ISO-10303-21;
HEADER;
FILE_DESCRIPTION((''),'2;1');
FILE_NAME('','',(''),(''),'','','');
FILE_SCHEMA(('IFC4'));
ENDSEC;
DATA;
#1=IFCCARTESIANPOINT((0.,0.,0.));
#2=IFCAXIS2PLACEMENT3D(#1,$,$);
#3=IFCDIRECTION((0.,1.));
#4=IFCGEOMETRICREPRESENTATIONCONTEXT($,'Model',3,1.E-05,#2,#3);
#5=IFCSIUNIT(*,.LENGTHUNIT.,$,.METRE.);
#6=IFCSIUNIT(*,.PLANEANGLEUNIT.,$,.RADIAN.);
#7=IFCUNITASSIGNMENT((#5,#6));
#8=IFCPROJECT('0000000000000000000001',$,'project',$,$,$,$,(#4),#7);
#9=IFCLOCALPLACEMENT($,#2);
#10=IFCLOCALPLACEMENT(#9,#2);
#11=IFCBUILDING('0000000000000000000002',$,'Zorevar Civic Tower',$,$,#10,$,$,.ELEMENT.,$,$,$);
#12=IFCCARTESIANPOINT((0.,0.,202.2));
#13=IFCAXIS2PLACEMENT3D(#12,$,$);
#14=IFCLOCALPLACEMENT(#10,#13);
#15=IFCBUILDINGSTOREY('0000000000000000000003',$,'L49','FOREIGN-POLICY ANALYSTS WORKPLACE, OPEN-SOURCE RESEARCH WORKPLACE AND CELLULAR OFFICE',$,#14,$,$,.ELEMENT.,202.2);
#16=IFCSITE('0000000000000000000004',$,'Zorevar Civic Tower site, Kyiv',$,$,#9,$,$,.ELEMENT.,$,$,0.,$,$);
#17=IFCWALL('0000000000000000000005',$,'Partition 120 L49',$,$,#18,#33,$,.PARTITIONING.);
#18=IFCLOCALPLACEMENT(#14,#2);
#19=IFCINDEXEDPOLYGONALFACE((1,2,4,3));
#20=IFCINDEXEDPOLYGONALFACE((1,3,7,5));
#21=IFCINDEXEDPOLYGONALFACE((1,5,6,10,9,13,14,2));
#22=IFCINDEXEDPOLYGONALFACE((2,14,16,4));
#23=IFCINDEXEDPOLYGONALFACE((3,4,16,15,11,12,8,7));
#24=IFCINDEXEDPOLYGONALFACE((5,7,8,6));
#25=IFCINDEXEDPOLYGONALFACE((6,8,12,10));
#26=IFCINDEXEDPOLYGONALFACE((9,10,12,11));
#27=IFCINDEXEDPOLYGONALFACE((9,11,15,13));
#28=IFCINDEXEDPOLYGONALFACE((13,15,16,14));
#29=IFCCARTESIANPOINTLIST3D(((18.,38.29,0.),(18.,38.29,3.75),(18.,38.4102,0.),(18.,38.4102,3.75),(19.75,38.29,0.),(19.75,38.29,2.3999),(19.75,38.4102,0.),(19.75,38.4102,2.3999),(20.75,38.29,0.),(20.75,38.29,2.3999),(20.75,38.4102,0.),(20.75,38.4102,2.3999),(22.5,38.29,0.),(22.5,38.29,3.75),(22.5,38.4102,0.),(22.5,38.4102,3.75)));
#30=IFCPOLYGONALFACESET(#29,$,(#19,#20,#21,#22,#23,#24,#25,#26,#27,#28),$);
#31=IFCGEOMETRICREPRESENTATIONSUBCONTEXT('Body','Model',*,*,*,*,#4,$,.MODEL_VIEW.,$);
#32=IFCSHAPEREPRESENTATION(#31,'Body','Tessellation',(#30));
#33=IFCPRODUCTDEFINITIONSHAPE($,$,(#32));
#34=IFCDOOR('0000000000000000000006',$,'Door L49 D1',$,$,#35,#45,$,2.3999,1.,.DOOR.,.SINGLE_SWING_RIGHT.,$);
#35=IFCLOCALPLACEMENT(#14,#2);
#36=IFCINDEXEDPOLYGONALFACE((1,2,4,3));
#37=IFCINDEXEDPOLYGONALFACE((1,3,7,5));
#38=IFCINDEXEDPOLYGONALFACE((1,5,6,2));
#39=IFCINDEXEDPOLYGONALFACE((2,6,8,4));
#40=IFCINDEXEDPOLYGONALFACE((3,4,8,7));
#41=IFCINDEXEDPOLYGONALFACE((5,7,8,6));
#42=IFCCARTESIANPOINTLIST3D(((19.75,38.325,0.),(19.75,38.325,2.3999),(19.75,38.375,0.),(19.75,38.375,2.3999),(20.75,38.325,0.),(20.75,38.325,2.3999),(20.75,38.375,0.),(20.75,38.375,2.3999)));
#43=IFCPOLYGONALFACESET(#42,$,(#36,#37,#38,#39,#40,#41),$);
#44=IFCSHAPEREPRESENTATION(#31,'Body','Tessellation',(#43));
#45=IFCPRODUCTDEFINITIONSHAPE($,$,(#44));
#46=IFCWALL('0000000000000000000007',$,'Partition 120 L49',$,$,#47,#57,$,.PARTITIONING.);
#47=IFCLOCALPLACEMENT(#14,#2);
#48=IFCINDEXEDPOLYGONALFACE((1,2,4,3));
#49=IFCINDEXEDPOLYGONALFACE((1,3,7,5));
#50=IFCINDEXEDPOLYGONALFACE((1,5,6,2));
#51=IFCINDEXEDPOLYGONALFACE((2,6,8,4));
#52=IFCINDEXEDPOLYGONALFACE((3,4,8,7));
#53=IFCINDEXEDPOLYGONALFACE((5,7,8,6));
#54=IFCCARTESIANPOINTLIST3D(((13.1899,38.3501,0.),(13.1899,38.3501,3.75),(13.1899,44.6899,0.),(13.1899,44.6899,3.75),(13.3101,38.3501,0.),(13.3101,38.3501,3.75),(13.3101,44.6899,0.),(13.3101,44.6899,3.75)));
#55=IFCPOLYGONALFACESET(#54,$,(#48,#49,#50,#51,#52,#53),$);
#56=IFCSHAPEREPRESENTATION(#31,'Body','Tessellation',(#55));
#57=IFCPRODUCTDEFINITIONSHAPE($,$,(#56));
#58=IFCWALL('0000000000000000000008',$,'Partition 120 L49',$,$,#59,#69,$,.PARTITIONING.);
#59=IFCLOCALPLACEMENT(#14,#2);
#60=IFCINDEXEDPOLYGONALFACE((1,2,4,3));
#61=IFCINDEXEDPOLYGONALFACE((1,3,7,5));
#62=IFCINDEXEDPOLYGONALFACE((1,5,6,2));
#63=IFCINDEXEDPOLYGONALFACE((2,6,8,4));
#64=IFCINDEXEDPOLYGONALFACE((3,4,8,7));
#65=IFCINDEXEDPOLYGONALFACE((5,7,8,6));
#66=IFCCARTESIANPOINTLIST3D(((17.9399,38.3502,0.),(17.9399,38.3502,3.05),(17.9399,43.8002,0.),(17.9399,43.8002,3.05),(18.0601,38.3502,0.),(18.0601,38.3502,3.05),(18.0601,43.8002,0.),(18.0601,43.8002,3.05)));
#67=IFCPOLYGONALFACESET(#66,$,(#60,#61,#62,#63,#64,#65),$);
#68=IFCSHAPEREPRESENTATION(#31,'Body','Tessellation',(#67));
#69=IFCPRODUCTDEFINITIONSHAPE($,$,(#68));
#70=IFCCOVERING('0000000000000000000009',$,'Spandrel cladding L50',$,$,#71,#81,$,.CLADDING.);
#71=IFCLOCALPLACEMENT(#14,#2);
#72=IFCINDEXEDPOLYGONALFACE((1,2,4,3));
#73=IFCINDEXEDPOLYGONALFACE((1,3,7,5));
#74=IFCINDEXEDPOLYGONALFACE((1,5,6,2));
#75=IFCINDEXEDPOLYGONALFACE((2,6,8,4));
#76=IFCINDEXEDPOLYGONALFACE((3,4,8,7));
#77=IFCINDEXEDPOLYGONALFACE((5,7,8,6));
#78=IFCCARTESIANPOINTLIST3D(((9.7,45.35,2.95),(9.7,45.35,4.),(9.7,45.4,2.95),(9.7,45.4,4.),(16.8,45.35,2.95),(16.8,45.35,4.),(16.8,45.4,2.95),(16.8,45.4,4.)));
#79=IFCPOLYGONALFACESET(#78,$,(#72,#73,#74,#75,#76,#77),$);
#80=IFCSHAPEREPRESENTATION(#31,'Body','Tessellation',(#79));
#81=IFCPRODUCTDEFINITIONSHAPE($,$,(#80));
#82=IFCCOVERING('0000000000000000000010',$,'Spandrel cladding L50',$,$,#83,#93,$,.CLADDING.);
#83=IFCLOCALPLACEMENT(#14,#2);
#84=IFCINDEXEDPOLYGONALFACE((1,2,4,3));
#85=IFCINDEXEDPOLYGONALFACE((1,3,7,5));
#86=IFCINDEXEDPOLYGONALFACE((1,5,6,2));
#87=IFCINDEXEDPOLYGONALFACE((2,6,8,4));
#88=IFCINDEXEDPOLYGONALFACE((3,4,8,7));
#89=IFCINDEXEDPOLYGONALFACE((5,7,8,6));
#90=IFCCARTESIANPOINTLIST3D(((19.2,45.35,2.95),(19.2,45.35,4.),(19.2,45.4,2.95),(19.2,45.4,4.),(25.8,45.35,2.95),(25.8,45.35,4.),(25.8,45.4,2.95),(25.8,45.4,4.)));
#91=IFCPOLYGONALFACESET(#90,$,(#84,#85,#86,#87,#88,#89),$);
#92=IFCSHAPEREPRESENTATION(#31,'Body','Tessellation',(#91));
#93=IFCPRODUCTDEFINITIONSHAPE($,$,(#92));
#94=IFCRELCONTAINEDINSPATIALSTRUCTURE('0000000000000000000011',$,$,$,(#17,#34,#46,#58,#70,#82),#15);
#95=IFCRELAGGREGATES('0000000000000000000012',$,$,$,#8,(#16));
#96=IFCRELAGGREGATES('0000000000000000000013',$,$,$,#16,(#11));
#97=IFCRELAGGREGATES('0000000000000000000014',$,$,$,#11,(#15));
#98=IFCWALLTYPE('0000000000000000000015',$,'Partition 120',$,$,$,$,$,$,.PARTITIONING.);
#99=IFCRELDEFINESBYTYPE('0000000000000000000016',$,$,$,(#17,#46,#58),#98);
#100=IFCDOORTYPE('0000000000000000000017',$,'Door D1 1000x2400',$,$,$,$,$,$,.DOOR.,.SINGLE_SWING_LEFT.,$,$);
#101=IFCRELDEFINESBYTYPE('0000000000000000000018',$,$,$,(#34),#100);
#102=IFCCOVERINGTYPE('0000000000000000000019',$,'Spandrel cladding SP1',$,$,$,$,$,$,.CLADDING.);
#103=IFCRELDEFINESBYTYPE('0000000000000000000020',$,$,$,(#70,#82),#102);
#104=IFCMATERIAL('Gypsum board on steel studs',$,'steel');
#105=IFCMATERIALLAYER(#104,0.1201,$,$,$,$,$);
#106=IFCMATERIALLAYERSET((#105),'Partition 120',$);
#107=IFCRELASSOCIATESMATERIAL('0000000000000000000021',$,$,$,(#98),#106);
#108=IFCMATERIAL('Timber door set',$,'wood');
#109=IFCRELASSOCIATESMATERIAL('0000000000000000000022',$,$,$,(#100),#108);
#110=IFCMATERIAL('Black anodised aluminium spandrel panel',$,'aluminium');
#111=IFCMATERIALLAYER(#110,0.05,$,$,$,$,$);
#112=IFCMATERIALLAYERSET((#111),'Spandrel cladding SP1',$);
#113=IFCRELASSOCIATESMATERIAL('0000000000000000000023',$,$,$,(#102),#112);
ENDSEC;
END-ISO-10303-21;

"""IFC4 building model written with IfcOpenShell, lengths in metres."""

from ifc_helpers import new_model, si_unit, direction, frame, frame_2d, origin, place, context, subcontext, project, spatial, rectangle, extrude, material, layer, layer_set, type_object, element, fill, save


model = new_model("IFC4")

# Units and contexts
model_context = context("Model", 3, precision=1e-05, world=origin(), true_north=direction((0.0, 1.0)))
body_context = subcontext(model_context, "Body", "Model", "MODEL_VIEW")
ifc_project = project(units=[si_unit("LENGTHUNIT", "METRE"), si_unit("PLANEANGLEUNIT", "RADIAN")], contexts=[model_context])

# Site, building, storey
site_placement = place(None, origin())
site = spatial("IfcSite", under=ifc_project, at=site_placement, Name="Zorevar Civic Tower site, Kyiv", CompositionType="ELEMENT", RefElevation=0.0)
building_placement = place(site_placement, origin())
building = spatial("IfcBuilding", under=site, at=building_placement, Name="Zorevar Civic Tower", CompositionType="ELEMENT")
storey_placement = place(building_placement, frame((0.0, 0.0, 202.2)))
storey = spatial("IfcBuildingStorey", under=building, at=storey_placement, Name="L49", Description="FOREIGN-POLICY ANALYSTS WORKPLACE, OPEN-SOURCE RESEARCH WORKPLACE AND CELLULAR OFFICE", CompositionType="ELEMENT", Elevation=202.2)

# Wall, opening, door
ifc_material_1 = material(Name="Gypsum board on steel studs", Category="steel")
ifc_layer_1 = layer(ifc_material_1, 0.1201)
ifc_layer_set_1 = layer_set([ifc_layer_1], Name="Partition 120")
wall_type_1 = type_object("IfcWallType", Name="Partition 120", PredefinedType="PARTITIONING", material=ifc_layer_set_1)
ifc_material_2 = material(Name="Timber door set", Category="wood")
door_type_1 = type_object("IfcDoorType", Name="Door D1 1000x2400", OperationType="SINGLE_SWING_LEFT", PredefinedType="DOOR", material=ifc_material_2)
wall_1_placement = place(storey_placement, frame((18.0, 38.3501, 0.0), z_axis=(0.0, 0.0, 1.0), x_axis=(1.0, 0.0, 0.0)))
wall_1 = element("IfcWall", 1, at=wall_1_placement, inside=storey, type_object=wall_type_1, Name="Partition 120 L49", PredefinedType="PARTITIONING", context=body_context, shape_type="SweptSolid", body=[
    extrude(rectangle(XDim=4.5, YDim=0.1201, at=frame_2d((2.25, 0.0))), origin(), (0.0, 0.0, 1.0), 3.75),
])
opening_1_placement = place(wall_1_placement, frame((1.75, 0.0, 0.0)))
opening_1 = element("IfcOpeningElement", 2, at=opening_1_placement, cuts=wall_1, PredefinedType="OPENING", context=body_context, shape_type="SweptSolid", body=[
    extrude(rectangle(XDim=1.0, YDim=2.3999, at=frame_2d((0.5, 1.2))), frame((0.0, 0.0701, 0.0), z_axis=(0.0, -1.0, 0.0), x_axis=(1.0, 0.0, 0.0)), (0.0, 0.0, 1.0), 0.1401),
])
door_1_placement = place(opening_1_placement, origin())
door_1 = element("IfcDoor", 3, at=door_1_placement, inside=storey, type_object=door_type_1, Name="Door L49 D1", OperationType="SINGLE_SWING_RIGHT", OverallHeight=2.3999, OverallWidth=1.0, PredefinedType="DOOR", context=body_context, shape_type="SweptSolid", body=[
    extrude(rectangle(XDim=1.0, YDim=2.3999, at=frame_2d((0.5, 1.2))), frame((0.0, 0.0249, 0.0), z_axis=(0.0, -1.0, 0.0), x_axis=(1.0, 0.0, 0.0)), (0.0, 0.0, 1.0), 0.05),
])
fill(opening_1, door_1)

# Walls
wall_2_placement = place(storey_placement, frame((13.25, 38.3501, 0.0), z_axis=(0.0, 0.0, 1.0), x_axis=(0.0, 1.0, 0.0)))
element("IfcWall", 4, at=wall_2_placement, inside=storey, type_object=wall_type_1, Name="Partition 120 L49", PredefinedType="PARTITIONING", context=body_context, shape_type="SweptSolid", body=[
    extrude(rectangle(XDim=6.3398, YDim=0.1201, at=frame_2d((3.1699, 0.0))), origin(), (0.0, 0.0, 1.0), 3.75),
])
wall_3_placement = place(storey_placement, frame((18.0, 38.3501, 0.0), z_axis=(0.0, 0.0, 1.0), x_axis=(0.0, 1.0, 0.0)))
element("IfcWall", 5, at=wall_3_placement, inside=storey, type_object=wall_type_1, Name="Partition 120 L49", PredefinedType="PARTITIONING", context=body_context, shape_type="SweptSolid", body=[
    extrude(rectangle(XDim=5.45, YDim=0.1201, at=frame_2d((2.7251, 0.0))), origin(), (0.0, 0.0, 1.0), 3.05),
])

# Coverings
ifc_material_3 = material(Name="Black anodised aluminium spandrel panel", Category="aluminium")
ifc_layer_2 = layer(ifc_material_3, 0.05)
ifc_layer_set_2 = layer_set([ifc_layer_2], Name="Spandrel cladding SP1")
covering_type = type_object("IfcCoveringType", Name="Spandrel cladding SP1", PredefinedType="CLADDING", material=ifc_layer_set_2)
covering_1_placement = place(storey_placement, frame((9.7, 45.375, 2.95), z_axis=(0.0, 0.0, 1.0), x_axis=(1.0, 0.0, 0.0)))
element("IfcCovering", 6, at=covering_1_placement, inside=storey, type_object=covering_type, Name="Spandrel cladding L50", PredefinedType="CLADDING", context=body_context, shape_type="SweptSolid", body=[
    extrude(rectangle(XDim=7.1001, YDim=0.05, at=frame_2d((3.55, 0.0))), origin(), (0.0, 0.0, 1.0), 1.05),
])
covering_2_placement = place(storey_placement, frame((19.2, 45.375, 2.95), z_axis=(0.0, 0.0, 1.0), x_axis=(1.0, 0.0, 0.0)))
element("IfcCovering", 7, at=covering_2_placement, inside=storey, type_object=covering_type, Name="Spandrel cladding L50", PredefinedType="CLADDING", context=body_context, shape_type="SweptSolid", body=[
    extrude(rectangle(XDim=6.6001, YDim=0.05, at=frame_2d((3.3, 0.0))), origin(), (0.0, 0.0, 1.0), 1.05),
])

save(model, "model.ifc")
